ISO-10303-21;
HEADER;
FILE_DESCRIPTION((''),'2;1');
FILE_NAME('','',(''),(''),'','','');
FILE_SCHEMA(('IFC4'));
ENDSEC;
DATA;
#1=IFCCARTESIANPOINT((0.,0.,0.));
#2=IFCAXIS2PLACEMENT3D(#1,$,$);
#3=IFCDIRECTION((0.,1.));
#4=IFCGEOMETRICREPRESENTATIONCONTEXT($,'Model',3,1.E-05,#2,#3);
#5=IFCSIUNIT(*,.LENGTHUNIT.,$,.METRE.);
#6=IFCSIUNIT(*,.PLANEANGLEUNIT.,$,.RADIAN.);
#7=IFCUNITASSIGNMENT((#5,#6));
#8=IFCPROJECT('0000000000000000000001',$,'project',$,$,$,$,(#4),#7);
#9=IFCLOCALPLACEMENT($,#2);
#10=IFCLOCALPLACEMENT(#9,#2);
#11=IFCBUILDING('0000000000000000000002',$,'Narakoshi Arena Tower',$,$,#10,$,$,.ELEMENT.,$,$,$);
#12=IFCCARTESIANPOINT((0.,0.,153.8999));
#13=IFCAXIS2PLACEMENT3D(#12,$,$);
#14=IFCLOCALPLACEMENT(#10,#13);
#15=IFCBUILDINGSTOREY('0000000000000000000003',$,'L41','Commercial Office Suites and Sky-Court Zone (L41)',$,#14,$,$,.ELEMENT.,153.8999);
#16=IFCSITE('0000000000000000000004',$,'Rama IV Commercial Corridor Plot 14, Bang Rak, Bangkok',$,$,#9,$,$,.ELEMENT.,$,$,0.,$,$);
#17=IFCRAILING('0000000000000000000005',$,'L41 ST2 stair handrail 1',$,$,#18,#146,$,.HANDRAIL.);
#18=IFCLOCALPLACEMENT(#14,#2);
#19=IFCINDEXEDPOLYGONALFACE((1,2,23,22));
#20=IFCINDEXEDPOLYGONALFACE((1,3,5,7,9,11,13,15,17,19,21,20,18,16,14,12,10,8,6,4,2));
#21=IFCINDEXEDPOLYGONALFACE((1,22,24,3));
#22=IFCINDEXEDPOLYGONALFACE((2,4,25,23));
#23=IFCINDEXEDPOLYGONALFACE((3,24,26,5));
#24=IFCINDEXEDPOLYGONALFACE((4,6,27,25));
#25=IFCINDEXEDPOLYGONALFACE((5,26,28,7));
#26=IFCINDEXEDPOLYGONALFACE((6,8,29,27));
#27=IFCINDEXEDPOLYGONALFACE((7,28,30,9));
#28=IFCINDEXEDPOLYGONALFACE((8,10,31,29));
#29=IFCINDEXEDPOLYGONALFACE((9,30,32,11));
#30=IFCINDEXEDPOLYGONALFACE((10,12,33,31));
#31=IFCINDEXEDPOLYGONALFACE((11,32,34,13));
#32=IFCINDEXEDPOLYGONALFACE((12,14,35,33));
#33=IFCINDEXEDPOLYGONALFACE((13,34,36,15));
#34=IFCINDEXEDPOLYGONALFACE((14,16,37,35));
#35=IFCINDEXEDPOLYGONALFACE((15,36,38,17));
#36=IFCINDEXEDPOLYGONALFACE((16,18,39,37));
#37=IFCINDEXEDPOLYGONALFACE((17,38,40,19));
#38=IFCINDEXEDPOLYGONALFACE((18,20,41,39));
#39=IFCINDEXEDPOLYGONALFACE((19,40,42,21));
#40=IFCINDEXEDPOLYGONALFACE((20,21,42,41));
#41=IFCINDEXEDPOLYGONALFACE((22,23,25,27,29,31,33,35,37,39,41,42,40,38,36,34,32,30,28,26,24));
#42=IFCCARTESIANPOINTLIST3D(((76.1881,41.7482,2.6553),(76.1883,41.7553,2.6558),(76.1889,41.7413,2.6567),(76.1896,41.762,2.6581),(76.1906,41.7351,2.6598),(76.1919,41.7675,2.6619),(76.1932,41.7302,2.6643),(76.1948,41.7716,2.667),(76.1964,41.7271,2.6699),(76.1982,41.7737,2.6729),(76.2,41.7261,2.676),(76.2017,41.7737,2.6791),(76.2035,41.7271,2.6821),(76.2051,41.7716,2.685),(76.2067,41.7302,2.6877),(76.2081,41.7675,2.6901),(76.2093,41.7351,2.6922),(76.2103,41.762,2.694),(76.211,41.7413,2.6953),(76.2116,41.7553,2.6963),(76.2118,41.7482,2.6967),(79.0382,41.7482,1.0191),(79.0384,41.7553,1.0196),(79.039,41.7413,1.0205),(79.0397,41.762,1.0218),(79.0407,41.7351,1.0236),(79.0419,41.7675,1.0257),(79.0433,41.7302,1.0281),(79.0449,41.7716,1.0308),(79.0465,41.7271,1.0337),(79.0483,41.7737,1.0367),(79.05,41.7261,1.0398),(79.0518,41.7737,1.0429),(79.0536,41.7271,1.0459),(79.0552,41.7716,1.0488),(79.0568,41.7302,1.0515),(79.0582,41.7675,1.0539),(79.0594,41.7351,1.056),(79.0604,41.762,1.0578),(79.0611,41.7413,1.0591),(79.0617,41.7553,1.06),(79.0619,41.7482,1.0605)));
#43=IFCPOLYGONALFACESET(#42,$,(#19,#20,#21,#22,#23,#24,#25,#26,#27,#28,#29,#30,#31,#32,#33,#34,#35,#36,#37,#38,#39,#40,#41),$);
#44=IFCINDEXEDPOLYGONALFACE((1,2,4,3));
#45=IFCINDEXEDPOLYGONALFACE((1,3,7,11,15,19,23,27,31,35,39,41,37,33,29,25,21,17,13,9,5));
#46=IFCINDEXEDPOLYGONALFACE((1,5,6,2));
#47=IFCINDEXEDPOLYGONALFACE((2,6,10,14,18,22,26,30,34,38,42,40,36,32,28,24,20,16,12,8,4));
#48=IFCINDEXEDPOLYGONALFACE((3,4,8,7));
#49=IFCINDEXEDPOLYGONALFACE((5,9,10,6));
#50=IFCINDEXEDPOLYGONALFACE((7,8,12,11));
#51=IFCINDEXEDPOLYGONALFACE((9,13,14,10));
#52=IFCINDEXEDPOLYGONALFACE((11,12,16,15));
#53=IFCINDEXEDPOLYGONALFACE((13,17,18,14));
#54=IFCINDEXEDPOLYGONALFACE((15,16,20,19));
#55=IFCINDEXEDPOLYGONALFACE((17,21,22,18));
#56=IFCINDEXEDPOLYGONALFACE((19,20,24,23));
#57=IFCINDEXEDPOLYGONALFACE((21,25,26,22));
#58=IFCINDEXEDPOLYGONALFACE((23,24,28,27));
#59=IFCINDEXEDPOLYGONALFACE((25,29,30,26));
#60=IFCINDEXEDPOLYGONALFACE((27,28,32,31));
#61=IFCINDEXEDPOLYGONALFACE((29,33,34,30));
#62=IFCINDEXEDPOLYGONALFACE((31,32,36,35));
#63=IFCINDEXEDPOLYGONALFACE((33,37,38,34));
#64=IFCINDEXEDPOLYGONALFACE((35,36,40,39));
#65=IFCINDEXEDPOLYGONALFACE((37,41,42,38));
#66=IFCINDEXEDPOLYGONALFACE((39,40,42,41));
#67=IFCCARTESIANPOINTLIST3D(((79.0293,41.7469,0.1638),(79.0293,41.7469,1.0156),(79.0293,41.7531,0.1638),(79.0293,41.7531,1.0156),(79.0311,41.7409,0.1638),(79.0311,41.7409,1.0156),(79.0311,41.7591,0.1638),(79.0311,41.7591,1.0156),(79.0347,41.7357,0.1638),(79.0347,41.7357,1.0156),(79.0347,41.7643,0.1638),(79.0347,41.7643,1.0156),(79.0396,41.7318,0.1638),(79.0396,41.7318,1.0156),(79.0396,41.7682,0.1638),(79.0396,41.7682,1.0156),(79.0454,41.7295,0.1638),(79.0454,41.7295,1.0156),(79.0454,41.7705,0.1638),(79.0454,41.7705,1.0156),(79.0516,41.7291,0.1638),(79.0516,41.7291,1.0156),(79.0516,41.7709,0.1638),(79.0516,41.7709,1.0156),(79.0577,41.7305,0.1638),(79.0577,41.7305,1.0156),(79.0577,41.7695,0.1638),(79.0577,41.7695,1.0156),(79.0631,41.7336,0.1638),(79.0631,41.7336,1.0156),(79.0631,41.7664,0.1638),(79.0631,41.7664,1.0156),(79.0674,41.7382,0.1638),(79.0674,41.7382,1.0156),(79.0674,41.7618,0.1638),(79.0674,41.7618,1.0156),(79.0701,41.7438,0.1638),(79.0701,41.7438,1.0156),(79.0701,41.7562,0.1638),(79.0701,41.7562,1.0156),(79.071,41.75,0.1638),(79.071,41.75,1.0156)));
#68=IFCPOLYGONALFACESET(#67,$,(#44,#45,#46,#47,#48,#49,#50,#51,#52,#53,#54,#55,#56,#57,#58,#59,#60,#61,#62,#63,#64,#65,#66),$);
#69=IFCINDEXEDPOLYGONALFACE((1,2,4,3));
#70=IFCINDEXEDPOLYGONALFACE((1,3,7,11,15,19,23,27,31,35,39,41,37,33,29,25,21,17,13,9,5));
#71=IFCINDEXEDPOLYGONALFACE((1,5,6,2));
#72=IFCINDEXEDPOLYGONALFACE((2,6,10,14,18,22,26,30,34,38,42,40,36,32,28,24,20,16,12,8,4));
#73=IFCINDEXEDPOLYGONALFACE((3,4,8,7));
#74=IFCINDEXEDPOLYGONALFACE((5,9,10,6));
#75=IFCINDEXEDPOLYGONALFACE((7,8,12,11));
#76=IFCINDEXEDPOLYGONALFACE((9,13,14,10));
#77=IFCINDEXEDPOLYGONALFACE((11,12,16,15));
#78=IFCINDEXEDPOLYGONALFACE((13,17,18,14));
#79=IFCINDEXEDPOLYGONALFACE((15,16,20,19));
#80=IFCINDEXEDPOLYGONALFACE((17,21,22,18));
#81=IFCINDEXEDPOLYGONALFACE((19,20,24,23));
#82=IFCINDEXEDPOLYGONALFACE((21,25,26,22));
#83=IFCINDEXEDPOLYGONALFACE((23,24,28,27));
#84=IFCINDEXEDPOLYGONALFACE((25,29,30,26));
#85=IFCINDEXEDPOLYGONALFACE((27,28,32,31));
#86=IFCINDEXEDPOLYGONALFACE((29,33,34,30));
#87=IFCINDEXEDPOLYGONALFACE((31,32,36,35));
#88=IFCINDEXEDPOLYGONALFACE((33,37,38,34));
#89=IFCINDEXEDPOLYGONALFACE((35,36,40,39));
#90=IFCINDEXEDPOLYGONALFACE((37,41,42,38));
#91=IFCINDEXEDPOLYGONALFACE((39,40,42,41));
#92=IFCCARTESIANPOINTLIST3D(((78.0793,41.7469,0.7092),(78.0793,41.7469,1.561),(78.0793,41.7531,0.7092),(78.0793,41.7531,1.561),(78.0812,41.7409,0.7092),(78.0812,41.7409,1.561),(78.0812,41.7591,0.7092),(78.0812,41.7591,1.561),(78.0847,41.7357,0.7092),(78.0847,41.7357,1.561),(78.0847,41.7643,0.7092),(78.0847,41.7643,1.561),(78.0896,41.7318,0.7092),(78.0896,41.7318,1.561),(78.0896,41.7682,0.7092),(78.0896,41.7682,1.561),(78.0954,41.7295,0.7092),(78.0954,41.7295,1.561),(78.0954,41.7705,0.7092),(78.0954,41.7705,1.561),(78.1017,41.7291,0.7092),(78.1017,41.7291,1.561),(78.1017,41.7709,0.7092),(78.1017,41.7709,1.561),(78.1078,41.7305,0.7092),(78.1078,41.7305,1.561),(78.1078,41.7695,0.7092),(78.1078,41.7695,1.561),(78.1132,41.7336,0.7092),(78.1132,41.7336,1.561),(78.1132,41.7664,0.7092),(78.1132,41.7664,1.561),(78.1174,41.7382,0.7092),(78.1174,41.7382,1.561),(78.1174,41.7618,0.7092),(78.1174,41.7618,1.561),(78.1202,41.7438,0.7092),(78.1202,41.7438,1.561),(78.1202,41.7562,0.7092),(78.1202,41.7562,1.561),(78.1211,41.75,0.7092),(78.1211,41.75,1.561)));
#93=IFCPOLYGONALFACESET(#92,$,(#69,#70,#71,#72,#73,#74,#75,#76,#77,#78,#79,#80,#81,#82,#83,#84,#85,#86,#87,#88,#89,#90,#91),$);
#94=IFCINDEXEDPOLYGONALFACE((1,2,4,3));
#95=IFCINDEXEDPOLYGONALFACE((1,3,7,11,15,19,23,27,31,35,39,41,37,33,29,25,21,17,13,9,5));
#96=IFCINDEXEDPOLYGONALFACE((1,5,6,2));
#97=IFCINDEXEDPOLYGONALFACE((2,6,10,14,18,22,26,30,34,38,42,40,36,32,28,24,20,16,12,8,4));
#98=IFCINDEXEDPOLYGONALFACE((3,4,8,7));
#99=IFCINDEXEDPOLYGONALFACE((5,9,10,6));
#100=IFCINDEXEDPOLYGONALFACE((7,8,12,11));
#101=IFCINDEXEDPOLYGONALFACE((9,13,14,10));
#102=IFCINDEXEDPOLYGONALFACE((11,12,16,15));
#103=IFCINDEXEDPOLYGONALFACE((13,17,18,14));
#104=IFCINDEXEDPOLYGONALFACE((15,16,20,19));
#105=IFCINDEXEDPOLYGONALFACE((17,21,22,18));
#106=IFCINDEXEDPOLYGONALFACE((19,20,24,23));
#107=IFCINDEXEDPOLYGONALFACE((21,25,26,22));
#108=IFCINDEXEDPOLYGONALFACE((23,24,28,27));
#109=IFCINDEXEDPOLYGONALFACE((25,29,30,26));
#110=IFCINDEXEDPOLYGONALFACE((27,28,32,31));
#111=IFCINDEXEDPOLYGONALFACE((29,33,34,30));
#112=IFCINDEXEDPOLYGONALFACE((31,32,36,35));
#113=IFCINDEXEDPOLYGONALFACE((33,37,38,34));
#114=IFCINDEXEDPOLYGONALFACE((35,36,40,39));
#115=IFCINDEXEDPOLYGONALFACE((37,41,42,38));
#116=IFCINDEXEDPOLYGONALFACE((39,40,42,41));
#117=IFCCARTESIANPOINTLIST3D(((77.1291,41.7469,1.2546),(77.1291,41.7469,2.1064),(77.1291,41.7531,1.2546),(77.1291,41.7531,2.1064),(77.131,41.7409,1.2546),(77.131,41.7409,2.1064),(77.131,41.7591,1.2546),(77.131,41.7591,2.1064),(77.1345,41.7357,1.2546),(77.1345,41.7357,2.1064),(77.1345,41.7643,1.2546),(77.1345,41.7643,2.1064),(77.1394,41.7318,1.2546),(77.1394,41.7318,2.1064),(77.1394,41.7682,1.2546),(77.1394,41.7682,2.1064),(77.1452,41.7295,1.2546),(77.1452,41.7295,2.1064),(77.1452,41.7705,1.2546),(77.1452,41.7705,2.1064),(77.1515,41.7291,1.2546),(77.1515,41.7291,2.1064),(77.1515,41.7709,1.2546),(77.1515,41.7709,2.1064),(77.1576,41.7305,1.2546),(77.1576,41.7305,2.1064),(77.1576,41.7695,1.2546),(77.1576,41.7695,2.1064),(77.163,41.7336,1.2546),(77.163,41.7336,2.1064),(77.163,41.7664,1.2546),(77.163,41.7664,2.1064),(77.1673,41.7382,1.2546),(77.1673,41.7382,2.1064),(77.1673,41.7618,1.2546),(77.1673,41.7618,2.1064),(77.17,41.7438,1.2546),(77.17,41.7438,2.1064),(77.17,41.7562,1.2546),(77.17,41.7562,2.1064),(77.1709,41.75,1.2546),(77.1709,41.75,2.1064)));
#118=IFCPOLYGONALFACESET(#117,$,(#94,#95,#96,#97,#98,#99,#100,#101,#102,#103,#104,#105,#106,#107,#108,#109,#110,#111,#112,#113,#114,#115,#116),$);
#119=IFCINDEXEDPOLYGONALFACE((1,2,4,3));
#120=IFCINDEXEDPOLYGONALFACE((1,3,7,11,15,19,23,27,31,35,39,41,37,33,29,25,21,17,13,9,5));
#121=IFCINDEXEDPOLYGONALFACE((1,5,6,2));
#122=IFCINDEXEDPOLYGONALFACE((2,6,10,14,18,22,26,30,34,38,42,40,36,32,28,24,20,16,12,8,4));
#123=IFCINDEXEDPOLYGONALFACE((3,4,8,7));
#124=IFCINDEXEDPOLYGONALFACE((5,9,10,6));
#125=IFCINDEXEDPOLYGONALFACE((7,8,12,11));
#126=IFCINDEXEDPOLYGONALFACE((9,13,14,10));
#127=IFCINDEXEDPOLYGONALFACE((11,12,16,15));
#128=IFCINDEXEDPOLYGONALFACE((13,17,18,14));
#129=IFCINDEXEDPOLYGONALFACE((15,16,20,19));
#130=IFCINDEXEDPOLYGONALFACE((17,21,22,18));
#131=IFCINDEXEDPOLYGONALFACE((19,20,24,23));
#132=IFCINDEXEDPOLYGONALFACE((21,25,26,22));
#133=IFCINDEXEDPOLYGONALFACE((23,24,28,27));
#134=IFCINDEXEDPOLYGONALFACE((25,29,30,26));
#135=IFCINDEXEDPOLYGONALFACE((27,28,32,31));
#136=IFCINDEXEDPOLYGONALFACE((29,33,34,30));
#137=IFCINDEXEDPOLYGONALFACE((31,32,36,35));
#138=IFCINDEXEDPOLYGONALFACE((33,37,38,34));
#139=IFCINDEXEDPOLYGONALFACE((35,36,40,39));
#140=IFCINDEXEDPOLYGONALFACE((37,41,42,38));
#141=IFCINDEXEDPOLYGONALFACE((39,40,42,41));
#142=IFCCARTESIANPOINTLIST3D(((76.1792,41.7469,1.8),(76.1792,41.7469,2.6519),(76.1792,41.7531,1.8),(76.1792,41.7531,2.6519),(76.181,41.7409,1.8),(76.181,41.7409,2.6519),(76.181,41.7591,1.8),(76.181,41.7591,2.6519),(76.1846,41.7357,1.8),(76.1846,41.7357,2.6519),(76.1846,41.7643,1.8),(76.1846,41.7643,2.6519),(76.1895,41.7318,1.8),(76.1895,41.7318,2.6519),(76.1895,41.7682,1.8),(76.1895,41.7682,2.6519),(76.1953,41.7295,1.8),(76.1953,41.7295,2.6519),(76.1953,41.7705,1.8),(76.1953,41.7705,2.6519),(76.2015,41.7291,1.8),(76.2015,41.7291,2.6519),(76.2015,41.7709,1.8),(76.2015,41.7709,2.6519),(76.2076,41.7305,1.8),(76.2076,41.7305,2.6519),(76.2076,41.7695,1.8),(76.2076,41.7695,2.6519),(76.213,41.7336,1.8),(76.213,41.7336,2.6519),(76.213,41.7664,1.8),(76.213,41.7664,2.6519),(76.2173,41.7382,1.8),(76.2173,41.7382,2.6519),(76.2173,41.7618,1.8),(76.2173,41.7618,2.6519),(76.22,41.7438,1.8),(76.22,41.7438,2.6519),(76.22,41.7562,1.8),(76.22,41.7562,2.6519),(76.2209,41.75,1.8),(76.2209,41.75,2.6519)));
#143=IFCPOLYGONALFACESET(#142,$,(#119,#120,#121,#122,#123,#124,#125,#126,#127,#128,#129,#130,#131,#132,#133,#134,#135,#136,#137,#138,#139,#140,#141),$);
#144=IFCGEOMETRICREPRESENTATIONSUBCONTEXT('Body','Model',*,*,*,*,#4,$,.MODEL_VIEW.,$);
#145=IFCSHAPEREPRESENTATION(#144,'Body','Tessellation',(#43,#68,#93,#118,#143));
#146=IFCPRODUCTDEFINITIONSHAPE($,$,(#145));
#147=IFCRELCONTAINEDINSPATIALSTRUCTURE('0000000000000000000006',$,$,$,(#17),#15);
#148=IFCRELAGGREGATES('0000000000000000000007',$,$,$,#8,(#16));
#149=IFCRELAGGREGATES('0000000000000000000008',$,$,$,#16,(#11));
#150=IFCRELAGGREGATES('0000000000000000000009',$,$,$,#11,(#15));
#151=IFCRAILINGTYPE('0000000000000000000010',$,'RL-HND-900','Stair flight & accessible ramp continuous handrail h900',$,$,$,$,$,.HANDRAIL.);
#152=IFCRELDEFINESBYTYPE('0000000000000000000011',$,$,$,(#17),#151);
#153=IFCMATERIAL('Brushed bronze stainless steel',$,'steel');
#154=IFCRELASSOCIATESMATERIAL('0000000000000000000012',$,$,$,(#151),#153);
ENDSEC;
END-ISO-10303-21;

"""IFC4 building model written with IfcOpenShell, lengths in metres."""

from ifc_helpers import new_model, si_unit, direction, frame, origin, origin_2d, place, context, subcontext, project, spatial, circle, extrude, material, type_object, element, save


model = new_model("IFC4")

# Units and contexts
model_context = context("Model", 3, precision=1e-05, world=origin(), true_north=direction((0.0, 1.0)))
body_context = subcontext(model_context, "Body", "Model", "MODEL_VIEW")
ifc_project = project(units=[si_unit("LENGTHUNIT", "METRE"), si_unit("PLANEANGLEUNIT", "RADIAN")], contexts=[model_context])

# Site, building, storey
site_placement = place(None, origin())
site = spatial("IfcSite", under=ifc_project, at=site_placement, Name="Rama IV Commercial Corridor Plot 14, Bang Rak, Bangkok", CompositionType="ELEMENT", RefElevation=0.0)
building_placement = place(site_placement, origin())
building = spatial("IfcBuilding", under=site, at=building_placement, Name="Narakoshi Arena Tower", CompositionType="ELEMENT")
storey_placement = place(building_placement, frame((0.0, 0.0, 153.8999)))
storey = spatial("IfcBuildingStorey", under=building, at=storey_placement, Name="L41", Description="Commercial Office Suites and Sky-Court Zone (L41)", CompositionType="ELEMENT", Elevation=153.8999)

# Railing
ifc_material_1 = material(Name="Brushed bronze stainless steel", Category="steel")
railing_type_1 = type_object("IfcRailingType", Name="RL-HND-900", Description="Stair flight & accessible ramp continuous handrail h900", PredefinedType="HANDRAIL", material=ifc_material_1)
railing_1_placement = place(storey_placement, frame((79.05, 41.75, 0.1638)))
element("IfcRailing", 1, at=railing_1_placement, inside=storey, type_object=railing_type_1, Name="L41 ST2 stair handrail 1", PredefinedType="HANDRAIL", context=body_context, shape_type="SweptSolid", body=[
    extrude(circle(Radius=0.0239, at=origin_2d()), frame((0.0, 0.0, 0.876), z_axis=(-0.867245, 0.0, 0.497882), x_axis=(0.0, -1.0, 0.0)), (0.0, 0.0, 1.0), 3.2864),
    extrude(circle(Radius=0.021, at=origin_2d()), origin(), (0.0, 0.0, 1.0), 0.8518),
    extrude(circle(Radius=0.021, at=origin_2d()), frame((-0.95, 0.0, 0.5454)), (0.0, 0.0, 1.0), 0.8518),
    extrude(circle(Radius=0.021, at=origin_2d()), frame((-1.9001, 0.0, 1.0908)), (0.0, 0.0, 1.0), 0.8518),
    extrude(circle(Radius=0.021, at=origin_2d()), frame((-2.8501, 0.0, 1.6362)), (0.0, 0.0, 1.0), 0.8518),
])

save(model, "model.ifc")
